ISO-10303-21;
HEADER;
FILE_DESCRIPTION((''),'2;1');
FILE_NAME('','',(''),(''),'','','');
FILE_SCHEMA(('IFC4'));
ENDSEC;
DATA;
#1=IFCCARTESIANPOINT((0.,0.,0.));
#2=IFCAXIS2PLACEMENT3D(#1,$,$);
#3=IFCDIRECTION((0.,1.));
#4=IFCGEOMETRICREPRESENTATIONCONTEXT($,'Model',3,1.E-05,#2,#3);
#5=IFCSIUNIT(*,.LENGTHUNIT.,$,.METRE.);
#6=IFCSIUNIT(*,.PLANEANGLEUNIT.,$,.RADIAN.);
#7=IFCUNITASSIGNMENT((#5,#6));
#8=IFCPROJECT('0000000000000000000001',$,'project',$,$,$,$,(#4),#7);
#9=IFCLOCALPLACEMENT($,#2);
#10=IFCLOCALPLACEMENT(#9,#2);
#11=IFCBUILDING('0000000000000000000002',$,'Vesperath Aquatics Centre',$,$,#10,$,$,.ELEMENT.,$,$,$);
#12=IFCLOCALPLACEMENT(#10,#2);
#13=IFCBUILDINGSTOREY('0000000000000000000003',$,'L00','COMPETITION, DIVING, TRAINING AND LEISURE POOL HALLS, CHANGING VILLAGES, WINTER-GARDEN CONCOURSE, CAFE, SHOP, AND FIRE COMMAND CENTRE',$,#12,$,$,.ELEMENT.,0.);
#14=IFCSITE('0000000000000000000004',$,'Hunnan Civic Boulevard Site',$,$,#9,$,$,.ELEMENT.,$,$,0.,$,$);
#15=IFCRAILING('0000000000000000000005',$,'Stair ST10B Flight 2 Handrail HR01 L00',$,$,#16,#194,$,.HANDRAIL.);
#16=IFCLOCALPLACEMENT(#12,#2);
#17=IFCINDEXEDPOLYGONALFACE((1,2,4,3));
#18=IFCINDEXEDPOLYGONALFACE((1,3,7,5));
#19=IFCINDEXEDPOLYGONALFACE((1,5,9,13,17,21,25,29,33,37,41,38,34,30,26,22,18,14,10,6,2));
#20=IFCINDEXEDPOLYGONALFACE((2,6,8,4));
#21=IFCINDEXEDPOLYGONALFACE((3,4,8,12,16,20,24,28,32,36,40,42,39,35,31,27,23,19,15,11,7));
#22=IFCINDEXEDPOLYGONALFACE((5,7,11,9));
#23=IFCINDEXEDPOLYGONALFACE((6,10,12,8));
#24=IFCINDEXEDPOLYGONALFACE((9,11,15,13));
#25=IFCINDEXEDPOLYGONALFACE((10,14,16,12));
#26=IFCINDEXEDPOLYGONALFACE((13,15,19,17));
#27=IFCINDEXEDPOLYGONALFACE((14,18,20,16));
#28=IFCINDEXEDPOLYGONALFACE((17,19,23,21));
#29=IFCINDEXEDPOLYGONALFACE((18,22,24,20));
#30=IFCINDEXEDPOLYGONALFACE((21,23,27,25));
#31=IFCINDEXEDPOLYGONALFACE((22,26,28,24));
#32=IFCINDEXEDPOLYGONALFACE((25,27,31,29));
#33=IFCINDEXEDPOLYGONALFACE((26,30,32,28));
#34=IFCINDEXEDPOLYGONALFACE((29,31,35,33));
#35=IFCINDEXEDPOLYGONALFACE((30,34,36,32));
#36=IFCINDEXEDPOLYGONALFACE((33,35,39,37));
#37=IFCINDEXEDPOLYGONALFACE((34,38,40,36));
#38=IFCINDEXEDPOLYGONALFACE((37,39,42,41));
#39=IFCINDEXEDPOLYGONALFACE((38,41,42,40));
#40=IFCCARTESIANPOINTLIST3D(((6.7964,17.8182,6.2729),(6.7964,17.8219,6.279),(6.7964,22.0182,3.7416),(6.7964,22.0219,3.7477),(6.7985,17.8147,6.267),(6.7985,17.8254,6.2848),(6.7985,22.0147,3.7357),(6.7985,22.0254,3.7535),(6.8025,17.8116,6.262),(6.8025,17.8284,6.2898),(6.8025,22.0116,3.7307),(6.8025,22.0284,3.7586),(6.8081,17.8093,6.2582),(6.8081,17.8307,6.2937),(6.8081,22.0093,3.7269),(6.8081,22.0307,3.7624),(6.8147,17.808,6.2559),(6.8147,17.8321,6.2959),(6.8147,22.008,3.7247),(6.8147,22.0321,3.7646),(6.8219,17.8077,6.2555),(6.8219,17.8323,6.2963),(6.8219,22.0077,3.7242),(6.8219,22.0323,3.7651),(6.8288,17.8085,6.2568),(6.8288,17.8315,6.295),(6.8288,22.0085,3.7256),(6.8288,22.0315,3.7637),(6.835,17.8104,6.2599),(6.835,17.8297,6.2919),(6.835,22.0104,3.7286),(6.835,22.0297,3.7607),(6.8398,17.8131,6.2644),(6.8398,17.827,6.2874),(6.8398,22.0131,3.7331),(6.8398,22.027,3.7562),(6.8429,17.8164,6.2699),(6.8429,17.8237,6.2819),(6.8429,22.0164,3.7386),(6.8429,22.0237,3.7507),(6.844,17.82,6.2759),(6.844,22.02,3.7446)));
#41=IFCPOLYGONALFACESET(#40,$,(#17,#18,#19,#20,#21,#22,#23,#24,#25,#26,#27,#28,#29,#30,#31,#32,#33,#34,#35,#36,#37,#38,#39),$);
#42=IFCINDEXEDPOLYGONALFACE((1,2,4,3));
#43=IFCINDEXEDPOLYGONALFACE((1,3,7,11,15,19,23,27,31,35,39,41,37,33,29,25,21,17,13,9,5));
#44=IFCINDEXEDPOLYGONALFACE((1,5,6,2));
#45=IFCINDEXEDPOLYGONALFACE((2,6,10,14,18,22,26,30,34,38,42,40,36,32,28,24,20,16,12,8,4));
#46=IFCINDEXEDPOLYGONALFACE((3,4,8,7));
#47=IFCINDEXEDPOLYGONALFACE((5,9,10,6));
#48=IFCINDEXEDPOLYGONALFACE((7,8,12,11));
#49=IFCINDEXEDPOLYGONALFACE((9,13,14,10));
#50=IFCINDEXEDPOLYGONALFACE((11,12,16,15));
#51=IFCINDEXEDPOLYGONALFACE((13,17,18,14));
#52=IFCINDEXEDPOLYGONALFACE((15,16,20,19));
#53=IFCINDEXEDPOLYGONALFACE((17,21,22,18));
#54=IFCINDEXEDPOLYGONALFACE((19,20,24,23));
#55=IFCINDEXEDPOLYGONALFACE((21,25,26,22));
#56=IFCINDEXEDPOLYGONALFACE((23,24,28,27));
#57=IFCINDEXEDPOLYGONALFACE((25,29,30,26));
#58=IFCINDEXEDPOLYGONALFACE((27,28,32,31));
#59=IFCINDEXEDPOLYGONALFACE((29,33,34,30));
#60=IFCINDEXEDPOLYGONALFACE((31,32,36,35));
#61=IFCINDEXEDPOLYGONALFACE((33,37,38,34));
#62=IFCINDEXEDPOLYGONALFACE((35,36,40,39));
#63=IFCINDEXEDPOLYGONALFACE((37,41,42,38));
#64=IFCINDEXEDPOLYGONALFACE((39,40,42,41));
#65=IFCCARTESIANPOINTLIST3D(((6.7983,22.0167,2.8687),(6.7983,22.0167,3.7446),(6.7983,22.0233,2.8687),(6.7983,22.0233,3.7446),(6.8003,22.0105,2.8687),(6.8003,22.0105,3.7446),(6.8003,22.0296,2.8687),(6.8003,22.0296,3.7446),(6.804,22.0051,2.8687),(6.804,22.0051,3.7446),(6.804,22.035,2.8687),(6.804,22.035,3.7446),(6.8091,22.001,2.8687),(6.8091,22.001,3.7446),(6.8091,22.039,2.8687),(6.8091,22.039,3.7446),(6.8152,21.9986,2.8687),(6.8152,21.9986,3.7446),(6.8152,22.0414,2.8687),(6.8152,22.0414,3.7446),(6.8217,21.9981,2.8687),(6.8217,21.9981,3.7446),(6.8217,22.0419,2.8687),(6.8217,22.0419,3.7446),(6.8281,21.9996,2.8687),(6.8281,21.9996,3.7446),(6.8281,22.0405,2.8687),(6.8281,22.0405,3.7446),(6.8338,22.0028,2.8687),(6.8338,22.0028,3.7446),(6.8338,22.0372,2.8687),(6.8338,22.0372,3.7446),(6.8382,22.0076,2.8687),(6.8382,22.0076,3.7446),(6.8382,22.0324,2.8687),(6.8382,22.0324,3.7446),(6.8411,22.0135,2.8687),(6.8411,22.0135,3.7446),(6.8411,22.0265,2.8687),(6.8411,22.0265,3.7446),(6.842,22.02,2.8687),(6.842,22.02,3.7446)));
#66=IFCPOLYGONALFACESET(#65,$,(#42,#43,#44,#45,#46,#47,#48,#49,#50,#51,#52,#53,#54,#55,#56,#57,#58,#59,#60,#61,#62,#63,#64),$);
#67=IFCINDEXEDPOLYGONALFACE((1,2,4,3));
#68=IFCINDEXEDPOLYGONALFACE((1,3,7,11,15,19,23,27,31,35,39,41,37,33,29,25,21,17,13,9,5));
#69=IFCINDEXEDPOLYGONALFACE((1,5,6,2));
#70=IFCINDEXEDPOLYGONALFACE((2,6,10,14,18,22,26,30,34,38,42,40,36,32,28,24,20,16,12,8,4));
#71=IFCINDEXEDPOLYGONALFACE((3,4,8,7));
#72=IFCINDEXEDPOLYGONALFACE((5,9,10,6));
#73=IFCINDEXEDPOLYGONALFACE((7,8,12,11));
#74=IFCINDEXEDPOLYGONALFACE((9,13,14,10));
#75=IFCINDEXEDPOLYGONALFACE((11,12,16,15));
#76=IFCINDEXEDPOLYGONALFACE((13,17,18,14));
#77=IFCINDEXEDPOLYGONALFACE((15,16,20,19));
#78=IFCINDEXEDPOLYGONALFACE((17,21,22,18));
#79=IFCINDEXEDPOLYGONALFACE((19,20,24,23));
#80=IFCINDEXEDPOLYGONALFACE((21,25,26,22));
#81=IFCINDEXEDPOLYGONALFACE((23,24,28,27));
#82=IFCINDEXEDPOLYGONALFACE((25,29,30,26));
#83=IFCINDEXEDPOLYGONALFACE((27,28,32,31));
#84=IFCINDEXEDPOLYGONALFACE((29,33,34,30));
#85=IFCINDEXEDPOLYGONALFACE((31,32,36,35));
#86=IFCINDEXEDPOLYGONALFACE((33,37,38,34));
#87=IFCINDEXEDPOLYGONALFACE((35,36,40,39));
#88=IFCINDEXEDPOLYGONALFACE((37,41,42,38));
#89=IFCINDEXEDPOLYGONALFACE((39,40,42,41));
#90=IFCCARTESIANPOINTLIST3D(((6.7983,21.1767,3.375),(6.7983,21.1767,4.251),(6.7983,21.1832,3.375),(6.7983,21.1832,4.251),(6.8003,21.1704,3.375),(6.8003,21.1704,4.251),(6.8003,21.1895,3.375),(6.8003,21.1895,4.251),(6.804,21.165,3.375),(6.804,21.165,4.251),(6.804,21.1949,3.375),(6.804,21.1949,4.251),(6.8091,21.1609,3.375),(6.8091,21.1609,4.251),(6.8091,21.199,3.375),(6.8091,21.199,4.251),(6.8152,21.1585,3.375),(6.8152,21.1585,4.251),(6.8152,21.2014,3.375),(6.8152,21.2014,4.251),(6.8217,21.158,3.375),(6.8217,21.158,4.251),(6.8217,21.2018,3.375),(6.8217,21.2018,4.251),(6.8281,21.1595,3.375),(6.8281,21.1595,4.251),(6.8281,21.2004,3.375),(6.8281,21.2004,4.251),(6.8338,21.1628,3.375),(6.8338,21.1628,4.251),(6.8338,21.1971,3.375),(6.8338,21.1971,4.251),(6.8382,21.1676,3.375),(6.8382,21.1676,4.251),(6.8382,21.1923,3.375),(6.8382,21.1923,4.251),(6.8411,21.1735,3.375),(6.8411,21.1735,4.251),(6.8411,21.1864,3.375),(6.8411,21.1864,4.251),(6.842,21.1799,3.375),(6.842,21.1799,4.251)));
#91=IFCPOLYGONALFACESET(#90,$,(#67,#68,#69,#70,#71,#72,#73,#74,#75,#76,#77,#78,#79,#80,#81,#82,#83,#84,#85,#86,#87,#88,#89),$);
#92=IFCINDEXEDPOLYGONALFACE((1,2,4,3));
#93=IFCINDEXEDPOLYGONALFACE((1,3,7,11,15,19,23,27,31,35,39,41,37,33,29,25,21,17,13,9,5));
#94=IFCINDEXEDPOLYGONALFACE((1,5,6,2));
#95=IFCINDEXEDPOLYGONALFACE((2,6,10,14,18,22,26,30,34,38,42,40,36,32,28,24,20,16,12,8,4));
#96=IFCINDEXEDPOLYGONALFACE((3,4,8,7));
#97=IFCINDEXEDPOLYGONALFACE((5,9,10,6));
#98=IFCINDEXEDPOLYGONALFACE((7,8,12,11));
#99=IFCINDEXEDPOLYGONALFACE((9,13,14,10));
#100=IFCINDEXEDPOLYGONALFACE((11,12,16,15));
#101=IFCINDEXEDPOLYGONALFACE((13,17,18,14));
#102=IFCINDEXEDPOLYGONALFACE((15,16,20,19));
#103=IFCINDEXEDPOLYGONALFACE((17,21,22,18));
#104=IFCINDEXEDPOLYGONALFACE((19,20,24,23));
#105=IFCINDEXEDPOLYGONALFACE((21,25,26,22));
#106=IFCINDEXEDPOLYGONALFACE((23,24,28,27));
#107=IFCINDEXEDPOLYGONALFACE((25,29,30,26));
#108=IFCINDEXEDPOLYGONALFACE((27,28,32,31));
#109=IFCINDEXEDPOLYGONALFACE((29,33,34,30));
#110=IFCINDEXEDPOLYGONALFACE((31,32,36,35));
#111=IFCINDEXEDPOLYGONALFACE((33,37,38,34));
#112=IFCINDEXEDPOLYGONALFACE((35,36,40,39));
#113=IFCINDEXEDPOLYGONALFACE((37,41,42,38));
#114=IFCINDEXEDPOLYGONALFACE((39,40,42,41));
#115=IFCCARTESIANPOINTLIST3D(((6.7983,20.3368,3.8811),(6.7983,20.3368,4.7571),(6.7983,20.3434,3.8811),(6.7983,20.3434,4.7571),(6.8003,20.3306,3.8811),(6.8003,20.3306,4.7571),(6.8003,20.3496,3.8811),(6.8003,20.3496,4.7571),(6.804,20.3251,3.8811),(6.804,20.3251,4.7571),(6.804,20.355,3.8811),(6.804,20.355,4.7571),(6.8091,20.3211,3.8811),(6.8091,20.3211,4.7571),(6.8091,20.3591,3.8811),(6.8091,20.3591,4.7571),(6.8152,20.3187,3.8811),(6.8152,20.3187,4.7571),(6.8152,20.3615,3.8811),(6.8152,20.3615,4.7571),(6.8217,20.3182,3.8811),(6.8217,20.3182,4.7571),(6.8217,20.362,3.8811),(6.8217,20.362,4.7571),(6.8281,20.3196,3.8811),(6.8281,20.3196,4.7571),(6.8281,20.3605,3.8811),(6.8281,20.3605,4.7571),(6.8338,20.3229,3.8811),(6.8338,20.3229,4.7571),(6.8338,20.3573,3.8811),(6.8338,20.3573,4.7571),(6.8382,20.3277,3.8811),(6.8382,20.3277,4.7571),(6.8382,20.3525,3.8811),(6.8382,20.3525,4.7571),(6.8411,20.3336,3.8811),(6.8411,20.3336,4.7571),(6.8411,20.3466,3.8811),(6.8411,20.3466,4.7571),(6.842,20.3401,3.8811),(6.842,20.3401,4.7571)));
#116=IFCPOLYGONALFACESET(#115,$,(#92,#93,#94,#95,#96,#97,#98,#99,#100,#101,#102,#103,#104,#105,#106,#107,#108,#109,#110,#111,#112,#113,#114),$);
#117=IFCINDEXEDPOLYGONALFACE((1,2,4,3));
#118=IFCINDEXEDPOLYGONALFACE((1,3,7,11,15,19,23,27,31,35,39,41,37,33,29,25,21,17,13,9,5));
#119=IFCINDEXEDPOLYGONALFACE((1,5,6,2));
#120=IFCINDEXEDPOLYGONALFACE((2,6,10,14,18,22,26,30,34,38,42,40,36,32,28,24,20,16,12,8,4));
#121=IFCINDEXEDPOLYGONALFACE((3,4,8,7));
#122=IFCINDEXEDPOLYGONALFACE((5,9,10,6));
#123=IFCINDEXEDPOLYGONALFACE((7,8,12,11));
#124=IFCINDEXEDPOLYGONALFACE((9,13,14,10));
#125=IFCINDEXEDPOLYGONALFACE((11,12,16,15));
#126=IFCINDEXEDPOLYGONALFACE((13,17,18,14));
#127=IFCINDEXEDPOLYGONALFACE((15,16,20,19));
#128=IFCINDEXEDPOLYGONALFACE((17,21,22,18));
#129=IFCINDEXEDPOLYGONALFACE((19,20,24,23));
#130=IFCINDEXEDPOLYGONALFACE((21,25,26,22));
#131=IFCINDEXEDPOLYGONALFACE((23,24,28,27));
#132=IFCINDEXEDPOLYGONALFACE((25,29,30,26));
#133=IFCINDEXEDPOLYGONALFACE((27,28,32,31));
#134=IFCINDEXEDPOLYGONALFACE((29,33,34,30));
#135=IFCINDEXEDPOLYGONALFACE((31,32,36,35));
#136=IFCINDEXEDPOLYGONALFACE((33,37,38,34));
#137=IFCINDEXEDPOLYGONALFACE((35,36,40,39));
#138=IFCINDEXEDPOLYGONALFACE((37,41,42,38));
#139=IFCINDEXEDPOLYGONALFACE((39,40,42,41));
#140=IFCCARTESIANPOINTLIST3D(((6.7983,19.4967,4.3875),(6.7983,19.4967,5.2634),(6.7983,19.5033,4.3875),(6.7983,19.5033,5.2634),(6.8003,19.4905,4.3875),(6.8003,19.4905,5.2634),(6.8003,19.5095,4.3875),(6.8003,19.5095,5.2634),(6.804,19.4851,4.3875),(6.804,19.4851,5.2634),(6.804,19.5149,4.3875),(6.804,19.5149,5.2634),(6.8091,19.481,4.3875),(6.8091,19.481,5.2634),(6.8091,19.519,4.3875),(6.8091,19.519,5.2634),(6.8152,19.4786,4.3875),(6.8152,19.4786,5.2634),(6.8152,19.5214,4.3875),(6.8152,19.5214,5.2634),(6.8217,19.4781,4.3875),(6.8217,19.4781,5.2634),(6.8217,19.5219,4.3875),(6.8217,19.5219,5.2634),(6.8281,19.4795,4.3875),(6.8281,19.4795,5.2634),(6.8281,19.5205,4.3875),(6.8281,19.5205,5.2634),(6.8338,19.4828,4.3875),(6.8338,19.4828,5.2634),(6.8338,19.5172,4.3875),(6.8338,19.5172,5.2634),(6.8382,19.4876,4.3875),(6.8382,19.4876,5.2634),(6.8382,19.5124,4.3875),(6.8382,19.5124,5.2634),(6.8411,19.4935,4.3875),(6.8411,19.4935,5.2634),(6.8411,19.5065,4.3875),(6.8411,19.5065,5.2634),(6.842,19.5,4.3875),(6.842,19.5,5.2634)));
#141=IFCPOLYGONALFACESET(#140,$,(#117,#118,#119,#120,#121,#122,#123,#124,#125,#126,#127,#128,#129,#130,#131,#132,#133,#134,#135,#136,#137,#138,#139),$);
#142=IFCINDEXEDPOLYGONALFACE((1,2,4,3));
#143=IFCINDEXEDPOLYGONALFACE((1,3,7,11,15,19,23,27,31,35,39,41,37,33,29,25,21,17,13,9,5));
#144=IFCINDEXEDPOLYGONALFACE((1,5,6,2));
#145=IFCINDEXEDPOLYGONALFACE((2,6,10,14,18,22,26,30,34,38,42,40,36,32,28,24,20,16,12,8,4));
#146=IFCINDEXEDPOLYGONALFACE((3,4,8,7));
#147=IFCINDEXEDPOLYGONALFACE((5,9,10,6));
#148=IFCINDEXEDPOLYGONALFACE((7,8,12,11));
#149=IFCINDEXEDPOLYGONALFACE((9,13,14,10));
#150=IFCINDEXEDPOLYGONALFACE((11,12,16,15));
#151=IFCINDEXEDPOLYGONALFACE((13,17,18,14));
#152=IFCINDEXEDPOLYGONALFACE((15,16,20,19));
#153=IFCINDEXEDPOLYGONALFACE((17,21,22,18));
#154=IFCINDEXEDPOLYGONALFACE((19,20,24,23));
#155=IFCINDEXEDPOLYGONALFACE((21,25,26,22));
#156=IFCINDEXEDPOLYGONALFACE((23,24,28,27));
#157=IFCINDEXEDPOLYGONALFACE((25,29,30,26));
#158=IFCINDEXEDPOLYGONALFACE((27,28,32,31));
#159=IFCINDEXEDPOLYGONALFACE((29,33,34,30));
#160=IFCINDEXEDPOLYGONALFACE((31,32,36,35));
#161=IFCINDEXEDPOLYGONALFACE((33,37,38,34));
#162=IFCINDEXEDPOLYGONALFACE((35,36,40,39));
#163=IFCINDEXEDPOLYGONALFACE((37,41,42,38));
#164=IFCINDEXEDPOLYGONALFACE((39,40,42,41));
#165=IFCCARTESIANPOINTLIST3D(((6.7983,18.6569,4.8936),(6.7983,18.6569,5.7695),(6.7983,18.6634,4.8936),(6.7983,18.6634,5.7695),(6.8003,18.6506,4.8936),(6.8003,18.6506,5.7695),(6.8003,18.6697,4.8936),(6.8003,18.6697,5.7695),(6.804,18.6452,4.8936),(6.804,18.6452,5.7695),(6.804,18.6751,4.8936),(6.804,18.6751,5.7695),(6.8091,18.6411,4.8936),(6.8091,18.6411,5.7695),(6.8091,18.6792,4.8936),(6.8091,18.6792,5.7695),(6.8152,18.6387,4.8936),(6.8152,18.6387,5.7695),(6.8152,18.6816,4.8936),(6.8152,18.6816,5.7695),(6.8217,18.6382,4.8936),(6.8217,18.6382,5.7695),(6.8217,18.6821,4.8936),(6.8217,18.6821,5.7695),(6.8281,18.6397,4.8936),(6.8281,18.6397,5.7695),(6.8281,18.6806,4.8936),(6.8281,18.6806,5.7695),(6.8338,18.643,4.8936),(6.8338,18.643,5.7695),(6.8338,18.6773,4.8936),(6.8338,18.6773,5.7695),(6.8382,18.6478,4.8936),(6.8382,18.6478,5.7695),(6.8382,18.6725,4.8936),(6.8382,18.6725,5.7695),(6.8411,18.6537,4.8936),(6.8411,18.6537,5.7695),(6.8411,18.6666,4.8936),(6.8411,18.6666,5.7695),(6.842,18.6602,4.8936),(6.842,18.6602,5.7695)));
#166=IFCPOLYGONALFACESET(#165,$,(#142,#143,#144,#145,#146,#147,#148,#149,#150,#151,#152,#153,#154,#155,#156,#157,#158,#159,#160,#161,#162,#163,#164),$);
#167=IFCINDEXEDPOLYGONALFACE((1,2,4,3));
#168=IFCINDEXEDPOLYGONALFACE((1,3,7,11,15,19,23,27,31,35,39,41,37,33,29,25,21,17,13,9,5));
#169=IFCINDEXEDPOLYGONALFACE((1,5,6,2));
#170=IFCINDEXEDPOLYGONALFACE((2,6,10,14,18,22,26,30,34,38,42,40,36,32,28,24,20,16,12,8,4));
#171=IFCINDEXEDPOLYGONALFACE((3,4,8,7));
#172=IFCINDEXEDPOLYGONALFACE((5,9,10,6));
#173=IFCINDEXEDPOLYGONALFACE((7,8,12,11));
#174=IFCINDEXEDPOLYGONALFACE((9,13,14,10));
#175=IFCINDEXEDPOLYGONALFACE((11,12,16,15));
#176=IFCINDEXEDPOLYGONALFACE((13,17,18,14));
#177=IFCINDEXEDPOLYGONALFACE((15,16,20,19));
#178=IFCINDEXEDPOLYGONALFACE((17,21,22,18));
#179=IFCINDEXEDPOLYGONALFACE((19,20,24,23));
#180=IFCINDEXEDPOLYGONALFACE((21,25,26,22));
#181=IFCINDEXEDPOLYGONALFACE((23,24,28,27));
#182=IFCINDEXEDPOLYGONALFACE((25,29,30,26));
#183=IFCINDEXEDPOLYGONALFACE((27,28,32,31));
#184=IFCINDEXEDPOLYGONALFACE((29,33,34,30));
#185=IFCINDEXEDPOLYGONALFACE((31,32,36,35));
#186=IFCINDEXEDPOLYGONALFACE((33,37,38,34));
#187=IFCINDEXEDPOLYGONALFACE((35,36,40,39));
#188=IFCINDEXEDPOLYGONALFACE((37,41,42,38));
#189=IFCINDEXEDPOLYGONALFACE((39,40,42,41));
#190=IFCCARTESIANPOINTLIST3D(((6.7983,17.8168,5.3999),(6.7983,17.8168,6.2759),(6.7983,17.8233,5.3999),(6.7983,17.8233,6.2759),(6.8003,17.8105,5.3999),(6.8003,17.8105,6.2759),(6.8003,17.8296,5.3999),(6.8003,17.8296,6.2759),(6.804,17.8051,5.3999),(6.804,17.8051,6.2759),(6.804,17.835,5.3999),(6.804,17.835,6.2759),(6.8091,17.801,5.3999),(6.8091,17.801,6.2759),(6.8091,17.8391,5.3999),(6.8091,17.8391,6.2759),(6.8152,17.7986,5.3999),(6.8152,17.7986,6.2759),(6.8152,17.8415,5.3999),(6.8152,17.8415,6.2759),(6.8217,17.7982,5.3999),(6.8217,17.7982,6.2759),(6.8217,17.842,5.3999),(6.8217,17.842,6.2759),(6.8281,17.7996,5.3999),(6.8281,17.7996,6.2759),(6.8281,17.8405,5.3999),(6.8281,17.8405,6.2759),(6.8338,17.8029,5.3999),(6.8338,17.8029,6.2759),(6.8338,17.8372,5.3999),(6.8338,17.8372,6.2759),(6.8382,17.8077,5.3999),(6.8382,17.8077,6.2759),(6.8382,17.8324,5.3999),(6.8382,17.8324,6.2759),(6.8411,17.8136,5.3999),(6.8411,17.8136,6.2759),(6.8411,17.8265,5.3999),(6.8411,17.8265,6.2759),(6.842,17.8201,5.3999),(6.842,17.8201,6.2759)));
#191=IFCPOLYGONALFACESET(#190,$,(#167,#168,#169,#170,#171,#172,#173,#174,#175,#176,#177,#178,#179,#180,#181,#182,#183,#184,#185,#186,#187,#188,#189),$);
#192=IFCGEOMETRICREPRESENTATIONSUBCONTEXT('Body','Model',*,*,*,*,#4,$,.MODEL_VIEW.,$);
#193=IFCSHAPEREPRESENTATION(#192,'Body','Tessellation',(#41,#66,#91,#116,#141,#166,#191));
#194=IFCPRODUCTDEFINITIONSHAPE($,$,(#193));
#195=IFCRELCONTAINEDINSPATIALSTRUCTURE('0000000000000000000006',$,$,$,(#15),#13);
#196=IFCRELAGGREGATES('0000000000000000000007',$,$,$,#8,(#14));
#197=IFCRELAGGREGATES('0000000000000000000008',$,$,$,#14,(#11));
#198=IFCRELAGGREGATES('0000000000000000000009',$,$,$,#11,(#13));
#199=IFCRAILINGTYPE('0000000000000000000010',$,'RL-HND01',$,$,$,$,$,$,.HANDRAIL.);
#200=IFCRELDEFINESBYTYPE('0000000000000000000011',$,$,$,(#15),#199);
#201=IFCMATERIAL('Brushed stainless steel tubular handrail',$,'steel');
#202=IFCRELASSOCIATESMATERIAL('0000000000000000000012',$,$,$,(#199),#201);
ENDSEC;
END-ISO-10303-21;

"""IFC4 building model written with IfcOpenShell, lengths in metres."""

from ifc_helpers import new_model, si_unit, direction, frame, origin, origin_2d, place, context, subcontext, project, spatial, circle, extrude, material, type_object, element, save


model = new_model("IFC4")

# Units and contexts
model_context = context("Model", 3, precision=1e-05, world=origin(), true_north=direction((0.0, 1.0)))
body_context = subcontext(model_context, "Body", "Model", "MODEL_VIEW")
ifc_project = project(units=[si_unit("LENGTHUNIT", "METRE"), si_unit("PLANEANGLEUNIT", "RADIAN")], contexts=[model_context])

# Site, building, storey
site_placement = place(None, origin())
site = spatial("IfcSite", under=ifc_project, at=site_placement, Name="Hunnan Civic Boulevard Site", CompositionType="ELEMENT", RefElevation=0.0)
building_placement = place(site_placement, origin())
building = spatial("IfcBuilding", under=site, at=building_placement, Name="Vesperath Aquatics Centre", CompositionType="ELEMENT")
storey_placement = place(building_placement, origin())
storey = spatial("IfcBuildingStorey", under=building, at=storey_placement, Name="L00", Description="COMPETITION, DIVING, TRAINING AND LEISURE POOL HALLS, CHANGING VILLAGES, WINTER-GARDEN CONCOURSE, CAFE, SHOP, AND FIRE COMMAND CENTRE", CompositionType="ELEMENT", Elevation=0.0)

# Railing
ifc_material_1 = material(Name="Brushed stainless steel tubular handrail", Category="steel")
railing_type_1 = type_object("IfcRailingType", Name="RL-HND01", PredefinedType="HANDRAIL", material=ifc_material_1)
railing_1_placement = place(storey_placement, frame((6.8201, 22.02, 2.8687)))
element("IfcRailing", 1, at=railing_1_placement, inside=storey, type_object=railing_type_1, Name="Stair ST10B Flight 2 Handrail HR01 L00", PredefinedType="HANDRAIL", context=body_context, shape_type="SweptSolid", body=[
    extrude(circle(Radius=0.0239, at=origin_2d()), frame((0.0, 0.0, 0.876), z_axis=(0.0, -0.856476, 0.516186), x_axis=(1.0, 0.0, 0.0)), (0.0, 0.0, 1.0), 4.9038),
    extrude(circle(Radius=0.022, at=origin_2d()), origin(), (0.0, 0.0, 1.0), 0.876),
    extrude(circle(Radius=0.022, at=origin_2d()), frame((0.0, -0.8401, 0.5063)), (0.0, 0.0, 1.0), 0.876),
    extrude(circle(Radius=0.022, at=origin_2d()), frame((0.0, -1.6799, 1.0125)), (0.0, 0.0, 1.0), 0.876),
    extrude(circle(Radius=0.022, at=origin_2d()), frame((0.0, -2.52, 1.5188)), (0.0, 0.0, 1.0), 0.876),
    extrude(circle(Radius=0.022, at=origin_2d()), frame((0.0, -3.3599, 2.0249)), (0.0, 0.0, 1.0), 0.876),
    extrude(circle(Radius=0.022, at=origin_2d()), frame((0.0, -4.2, 2.5312)), (0.0, 0.0, 1.0), 0.876),
])

save(model, "model.ifc")
